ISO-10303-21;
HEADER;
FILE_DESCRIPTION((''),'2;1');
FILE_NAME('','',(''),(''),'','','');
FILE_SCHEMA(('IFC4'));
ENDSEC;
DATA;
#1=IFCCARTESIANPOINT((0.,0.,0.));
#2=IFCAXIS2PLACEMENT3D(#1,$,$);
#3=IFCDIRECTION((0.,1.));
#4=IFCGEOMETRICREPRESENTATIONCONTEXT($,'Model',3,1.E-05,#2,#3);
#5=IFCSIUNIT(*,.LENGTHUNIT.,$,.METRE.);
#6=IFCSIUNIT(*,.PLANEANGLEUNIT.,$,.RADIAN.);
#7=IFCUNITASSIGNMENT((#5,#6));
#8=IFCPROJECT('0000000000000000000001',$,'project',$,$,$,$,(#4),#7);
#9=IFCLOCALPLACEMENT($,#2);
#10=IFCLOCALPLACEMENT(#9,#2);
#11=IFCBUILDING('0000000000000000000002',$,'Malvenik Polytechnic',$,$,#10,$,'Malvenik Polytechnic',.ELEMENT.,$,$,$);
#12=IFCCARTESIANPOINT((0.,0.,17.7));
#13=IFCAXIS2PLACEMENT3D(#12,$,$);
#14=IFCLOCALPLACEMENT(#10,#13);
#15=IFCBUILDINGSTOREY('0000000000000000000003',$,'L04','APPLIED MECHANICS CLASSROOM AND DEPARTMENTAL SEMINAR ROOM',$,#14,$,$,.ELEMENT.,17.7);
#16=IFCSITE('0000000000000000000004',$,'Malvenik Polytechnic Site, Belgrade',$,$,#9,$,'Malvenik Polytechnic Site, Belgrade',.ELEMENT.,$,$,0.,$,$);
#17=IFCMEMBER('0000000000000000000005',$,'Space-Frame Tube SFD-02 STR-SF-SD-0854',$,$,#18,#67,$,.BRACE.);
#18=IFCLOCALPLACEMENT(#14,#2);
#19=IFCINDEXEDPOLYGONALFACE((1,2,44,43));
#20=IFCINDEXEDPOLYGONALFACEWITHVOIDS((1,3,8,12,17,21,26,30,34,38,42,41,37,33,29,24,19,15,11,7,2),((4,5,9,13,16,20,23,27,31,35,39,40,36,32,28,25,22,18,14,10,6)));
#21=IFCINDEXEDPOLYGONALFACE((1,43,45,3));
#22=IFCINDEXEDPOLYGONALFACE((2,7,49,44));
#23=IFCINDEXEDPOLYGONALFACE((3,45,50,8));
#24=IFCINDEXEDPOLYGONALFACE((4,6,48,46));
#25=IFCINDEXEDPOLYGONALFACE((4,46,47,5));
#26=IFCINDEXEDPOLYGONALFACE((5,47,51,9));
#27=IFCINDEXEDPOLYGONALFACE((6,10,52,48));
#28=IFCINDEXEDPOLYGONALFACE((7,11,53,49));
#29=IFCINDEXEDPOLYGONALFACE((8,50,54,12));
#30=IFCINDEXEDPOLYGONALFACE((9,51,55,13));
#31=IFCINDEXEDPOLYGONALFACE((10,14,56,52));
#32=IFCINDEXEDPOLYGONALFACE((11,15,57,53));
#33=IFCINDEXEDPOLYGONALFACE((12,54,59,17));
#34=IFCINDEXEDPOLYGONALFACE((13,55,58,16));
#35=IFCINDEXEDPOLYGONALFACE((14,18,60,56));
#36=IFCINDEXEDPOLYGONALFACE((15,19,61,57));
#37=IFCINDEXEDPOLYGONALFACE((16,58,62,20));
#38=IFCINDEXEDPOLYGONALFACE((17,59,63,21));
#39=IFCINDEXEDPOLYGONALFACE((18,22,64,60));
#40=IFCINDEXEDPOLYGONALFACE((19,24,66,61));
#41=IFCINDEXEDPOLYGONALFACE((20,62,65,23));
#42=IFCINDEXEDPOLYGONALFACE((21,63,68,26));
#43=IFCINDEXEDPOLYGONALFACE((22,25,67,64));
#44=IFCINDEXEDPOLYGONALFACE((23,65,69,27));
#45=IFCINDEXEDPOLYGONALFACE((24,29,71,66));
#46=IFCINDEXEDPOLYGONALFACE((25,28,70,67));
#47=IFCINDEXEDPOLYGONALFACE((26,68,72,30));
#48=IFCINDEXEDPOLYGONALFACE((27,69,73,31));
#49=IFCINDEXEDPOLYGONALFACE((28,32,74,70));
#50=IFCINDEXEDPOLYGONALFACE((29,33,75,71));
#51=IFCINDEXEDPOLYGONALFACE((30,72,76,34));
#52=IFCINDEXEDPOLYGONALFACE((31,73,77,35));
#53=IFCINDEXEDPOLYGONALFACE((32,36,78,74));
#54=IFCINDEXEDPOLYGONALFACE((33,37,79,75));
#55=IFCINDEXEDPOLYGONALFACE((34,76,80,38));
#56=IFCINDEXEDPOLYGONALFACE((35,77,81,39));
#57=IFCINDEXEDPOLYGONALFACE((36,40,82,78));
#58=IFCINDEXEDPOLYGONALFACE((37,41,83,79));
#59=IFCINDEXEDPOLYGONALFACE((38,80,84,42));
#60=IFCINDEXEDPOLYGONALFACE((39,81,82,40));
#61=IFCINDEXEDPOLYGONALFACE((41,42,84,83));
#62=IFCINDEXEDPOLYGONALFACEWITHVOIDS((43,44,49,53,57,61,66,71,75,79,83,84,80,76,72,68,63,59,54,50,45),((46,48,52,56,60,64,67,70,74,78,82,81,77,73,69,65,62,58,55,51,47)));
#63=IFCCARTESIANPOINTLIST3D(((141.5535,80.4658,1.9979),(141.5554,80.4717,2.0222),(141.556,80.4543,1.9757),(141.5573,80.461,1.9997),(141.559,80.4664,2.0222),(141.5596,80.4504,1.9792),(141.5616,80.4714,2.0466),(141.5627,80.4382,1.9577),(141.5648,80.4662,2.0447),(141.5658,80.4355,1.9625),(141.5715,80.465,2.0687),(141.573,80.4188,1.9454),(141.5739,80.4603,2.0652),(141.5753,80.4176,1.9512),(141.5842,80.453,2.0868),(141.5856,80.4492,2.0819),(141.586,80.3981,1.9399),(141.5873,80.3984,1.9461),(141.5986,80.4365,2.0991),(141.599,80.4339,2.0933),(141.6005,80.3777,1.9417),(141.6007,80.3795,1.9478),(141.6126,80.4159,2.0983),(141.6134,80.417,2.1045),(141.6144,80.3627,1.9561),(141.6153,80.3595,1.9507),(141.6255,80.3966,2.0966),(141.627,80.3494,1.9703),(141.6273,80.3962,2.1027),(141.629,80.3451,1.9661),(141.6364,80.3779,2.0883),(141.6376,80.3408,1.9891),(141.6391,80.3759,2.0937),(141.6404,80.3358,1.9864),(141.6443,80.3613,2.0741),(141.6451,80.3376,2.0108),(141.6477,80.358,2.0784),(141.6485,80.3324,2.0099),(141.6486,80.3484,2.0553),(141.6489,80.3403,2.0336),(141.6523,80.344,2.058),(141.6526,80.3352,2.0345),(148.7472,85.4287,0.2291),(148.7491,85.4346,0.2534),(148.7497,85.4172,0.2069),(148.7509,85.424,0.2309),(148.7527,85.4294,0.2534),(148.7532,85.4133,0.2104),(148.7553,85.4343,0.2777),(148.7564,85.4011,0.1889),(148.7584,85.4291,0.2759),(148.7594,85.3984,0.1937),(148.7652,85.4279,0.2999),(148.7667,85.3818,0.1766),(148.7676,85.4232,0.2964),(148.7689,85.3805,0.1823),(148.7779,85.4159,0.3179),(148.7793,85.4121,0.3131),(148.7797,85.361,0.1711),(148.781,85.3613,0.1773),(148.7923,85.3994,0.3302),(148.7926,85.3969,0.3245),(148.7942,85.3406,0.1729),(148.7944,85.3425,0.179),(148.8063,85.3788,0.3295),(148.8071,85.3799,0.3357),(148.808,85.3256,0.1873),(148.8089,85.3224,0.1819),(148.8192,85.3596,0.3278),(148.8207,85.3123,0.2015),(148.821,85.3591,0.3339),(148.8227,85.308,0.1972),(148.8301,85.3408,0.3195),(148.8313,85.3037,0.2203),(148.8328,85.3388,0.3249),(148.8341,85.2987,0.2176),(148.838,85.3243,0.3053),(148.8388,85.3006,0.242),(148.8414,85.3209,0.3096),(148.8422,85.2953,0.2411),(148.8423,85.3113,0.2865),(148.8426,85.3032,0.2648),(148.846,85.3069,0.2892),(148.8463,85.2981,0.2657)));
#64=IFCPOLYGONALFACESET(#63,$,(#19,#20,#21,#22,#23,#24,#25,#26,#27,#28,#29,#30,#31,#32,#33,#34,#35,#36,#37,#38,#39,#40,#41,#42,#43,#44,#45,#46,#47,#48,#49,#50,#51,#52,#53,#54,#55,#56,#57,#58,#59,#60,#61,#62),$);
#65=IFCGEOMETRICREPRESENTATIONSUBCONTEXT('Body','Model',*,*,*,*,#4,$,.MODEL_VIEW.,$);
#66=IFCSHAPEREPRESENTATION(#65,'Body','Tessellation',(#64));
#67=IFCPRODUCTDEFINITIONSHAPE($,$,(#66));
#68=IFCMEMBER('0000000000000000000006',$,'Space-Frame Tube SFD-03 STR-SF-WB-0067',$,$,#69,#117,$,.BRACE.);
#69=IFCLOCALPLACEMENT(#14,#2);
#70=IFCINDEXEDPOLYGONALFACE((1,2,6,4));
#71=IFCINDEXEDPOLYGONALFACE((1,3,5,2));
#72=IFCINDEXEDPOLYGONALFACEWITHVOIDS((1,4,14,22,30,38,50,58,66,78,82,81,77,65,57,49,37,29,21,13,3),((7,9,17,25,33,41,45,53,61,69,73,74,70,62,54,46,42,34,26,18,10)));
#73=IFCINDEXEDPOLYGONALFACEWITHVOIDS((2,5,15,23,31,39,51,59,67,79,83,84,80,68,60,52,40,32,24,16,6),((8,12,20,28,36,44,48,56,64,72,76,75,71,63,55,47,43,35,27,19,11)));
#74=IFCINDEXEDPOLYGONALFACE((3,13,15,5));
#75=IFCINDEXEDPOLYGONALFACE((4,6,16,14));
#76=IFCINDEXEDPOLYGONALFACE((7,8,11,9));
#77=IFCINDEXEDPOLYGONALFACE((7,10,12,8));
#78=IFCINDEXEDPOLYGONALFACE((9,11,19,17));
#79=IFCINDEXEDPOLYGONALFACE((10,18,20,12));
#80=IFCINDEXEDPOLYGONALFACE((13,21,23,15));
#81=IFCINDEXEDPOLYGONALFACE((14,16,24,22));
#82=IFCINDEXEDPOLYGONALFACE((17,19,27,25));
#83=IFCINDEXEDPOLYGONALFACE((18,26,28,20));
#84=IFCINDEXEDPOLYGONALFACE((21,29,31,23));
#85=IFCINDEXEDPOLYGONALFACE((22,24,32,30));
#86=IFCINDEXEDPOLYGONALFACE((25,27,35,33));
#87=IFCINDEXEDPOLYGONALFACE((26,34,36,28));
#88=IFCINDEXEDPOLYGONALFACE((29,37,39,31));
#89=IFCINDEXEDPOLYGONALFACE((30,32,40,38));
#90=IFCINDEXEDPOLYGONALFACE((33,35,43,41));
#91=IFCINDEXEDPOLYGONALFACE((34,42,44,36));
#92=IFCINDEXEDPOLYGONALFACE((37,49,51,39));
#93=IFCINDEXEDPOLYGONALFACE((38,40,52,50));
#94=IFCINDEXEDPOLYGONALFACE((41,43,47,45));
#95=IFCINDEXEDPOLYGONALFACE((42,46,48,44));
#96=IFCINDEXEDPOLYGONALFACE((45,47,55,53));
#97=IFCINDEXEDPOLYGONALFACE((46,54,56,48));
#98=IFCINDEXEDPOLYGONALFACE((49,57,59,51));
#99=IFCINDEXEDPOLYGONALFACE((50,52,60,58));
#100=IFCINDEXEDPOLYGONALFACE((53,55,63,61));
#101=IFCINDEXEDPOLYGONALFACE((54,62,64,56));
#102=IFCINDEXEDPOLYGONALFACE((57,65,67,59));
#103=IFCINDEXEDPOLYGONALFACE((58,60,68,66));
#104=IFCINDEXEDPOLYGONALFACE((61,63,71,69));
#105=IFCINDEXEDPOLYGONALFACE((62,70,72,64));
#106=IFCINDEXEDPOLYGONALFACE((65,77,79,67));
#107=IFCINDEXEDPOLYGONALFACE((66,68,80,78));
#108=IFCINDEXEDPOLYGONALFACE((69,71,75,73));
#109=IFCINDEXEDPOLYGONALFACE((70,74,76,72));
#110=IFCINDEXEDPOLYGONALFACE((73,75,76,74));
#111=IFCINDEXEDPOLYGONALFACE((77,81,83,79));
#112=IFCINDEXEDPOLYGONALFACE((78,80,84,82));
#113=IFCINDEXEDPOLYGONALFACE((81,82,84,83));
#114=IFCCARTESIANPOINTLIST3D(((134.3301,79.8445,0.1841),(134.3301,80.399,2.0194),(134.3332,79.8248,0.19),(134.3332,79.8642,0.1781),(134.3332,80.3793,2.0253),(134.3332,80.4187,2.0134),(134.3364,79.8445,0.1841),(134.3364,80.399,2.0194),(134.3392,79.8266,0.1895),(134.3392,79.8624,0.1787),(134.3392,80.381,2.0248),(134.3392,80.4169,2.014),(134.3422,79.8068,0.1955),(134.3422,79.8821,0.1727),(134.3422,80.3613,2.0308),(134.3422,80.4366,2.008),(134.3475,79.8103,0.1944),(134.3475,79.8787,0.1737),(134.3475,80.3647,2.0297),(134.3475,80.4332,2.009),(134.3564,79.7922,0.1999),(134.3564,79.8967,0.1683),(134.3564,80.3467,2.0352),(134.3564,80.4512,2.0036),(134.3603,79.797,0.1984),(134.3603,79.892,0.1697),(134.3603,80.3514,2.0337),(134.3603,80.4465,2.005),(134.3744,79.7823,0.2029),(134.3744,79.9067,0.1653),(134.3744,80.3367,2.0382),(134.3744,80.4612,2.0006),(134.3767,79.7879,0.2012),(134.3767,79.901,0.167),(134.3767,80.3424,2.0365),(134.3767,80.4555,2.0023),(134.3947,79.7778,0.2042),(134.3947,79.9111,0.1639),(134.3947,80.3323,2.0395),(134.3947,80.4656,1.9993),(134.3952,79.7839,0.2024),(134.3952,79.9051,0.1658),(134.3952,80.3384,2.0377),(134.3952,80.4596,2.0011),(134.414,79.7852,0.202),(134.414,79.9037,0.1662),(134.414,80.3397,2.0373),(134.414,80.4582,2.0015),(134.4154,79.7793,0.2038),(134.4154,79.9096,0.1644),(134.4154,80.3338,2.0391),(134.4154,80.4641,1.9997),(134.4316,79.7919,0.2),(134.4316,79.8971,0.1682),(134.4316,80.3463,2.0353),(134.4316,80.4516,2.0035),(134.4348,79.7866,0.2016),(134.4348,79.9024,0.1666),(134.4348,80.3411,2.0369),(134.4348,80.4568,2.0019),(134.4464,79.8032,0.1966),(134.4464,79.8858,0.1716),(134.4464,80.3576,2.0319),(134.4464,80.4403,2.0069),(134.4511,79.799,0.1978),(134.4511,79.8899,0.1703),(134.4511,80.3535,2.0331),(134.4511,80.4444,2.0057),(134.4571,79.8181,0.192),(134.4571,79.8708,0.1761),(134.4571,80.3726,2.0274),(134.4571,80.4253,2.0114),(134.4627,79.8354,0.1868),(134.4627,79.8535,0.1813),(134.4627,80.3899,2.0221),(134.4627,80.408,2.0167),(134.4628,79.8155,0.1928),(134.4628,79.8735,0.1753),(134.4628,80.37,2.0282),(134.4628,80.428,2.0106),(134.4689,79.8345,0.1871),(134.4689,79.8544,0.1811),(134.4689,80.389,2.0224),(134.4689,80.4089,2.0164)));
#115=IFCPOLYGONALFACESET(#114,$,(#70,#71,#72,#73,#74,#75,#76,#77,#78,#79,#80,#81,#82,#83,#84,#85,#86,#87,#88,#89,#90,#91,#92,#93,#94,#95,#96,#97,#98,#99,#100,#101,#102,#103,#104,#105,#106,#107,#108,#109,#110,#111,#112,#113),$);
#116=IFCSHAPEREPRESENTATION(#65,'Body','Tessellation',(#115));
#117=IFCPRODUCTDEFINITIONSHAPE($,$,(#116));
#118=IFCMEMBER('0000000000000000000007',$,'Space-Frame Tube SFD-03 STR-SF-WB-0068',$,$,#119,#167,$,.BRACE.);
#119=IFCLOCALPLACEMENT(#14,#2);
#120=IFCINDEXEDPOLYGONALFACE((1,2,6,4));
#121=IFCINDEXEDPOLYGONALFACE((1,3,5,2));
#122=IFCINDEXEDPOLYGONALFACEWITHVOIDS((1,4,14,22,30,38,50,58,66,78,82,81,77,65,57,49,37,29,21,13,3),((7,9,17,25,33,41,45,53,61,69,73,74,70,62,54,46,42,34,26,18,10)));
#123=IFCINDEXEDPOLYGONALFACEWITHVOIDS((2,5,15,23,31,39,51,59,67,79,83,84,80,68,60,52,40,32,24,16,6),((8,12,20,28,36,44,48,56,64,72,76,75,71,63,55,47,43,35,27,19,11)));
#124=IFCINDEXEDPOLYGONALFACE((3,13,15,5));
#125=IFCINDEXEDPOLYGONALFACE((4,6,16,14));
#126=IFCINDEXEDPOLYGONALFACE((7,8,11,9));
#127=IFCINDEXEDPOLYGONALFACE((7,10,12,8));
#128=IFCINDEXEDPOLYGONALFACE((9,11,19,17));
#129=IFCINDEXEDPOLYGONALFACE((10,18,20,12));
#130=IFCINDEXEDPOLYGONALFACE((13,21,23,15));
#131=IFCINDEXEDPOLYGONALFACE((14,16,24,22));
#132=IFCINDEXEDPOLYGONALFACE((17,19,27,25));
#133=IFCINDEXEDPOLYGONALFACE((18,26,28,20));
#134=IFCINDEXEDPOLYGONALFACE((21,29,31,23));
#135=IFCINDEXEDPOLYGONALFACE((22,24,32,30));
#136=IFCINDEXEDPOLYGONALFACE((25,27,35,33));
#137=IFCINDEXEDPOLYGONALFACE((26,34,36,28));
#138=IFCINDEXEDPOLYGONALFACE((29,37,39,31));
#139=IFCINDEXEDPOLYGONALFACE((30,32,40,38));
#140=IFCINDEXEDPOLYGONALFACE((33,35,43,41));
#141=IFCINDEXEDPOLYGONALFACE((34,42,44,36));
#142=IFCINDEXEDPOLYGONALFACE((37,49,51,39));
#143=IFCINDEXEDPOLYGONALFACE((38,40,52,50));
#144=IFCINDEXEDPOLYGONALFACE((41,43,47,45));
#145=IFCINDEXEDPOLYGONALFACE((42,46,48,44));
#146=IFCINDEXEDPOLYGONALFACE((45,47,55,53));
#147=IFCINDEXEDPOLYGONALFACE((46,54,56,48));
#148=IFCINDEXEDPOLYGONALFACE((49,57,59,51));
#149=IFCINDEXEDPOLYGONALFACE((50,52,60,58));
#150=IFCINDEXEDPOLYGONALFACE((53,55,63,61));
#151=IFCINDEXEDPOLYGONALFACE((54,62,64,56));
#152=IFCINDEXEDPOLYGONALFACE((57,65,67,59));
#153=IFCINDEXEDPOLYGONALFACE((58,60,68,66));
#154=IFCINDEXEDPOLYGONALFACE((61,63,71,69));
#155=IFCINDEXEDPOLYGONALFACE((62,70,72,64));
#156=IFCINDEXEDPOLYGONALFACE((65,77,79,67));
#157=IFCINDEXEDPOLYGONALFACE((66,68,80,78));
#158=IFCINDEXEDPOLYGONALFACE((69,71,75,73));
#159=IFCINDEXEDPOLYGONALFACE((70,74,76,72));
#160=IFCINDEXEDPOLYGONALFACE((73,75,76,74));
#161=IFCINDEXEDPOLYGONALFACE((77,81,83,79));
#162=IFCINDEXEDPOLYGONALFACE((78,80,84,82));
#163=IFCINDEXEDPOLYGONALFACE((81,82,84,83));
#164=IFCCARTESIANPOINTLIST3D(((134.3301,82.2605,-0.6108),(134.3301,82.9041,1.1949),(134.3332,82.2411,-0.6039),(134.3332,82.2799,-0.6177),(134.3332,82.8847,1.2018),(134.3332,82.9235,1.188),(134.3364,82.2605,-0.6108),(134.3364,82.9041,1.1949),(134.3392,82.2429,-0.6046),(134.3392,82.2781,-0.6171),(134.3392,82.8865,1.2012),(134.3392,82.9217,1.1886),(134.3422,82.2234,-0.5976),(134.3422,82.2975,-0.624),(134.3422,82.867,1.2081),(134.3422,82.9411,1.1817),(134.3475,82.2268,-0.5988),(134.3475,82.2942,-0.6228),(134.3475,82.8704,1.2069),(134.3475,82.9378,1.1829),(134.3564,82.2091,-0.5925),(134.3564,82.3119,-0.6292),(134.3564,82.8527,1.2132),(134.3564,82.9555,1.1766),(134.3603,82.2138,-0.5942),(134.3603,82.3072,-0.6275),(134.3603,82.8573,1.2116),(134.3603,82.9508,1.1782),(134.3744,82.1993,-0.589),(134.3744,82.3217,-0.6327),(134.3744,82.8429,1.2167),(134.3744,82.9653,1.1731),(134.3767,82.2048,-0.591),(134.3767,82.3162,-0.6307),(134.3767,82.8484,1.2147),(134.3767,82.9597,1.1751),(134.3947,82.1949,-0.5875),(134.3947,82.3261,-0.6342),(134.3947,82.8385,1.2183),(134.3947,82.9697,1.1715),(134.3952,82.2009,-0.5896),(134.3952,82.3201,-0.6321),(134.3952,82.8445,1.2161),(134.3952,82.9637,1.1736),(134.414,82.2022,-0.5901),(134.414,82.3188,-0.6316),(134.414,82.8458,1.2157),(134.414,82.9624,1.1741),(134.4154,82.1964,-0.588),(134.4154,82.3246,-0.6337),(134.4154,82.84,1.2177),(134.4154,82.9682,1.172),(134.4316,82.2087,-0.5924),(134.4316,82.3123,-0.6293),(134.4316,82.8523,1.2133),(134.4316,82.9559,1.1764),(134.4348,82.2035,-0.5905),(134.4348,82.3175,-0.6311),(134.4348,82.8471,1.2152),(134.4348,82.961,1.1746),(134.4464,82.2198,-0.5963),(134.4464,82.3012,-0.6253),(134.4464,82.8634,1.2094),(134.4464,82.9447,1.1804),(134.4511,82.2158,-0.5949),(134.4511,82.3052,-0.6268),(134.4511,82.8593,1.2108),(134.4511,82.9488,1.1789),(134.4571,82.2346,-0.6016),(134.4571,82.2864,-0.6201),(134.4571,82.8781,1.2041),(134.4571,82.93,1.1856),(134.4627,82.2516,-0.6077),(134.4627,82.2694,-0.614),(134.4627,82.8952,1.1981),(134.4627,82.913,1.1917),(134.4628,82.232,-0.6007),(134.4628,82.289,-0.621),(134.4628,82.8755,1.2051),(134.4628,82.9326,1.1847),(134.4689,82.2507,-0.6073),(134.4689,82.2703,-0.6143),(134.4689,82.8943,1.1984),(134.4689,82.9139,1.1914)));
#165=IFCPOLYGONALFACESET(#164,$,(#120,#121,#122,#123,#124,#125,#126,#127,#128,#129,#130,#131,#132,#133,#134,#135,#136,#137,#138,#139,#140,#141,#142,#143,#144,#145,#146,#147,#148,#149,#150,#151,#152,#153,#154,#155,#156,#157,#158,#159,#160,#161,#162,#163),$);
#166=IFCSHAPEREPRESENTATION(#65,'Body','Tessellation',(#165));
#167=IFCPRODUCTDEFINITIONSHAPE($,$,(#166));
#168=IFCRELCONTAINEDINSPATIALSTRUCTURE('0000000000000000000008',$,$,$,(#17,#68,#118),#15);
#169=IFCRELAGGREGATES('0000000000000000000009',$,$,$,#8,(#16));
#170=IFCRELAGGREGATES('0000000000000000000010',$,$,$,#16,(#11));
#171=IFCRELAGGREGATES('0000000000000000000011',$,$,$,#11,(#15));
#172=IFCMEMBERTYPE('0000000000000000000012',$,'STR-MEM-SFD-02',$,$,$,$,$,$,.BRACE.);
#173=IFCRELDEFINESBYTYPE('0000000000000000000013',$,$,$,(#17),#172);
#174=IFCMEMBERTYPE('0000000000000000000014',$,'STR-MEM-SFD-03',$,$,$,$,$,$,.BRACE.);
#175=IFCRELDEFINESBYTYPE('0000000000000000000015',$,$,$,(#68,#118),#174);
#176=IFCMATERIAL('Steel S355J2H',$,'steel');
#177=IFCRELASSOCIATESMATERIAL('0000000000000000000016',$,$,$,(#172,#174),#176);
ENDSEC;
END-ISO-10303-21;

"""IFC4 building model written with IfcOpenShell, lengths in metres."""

from ifc_helpers import new_model, si_unit, direction, frame, origin, origin_2d, place, context, subcontext, project, spatial, hollow_circle, extrude, material, material_profile, profile_set, type_object, element, save


model = new_model("IFC4")

# Units and contexts
model_context = context("Model", 3, precision=1e-05, world=origin(), true_north=direction((0.0, 1.0)))
body_context = subcontext(model_context, "Body", "Model", "MODEL_VIEW")
ifc_project = project(units=[si_unit("LENGTHUNIT", "METRE"), si_unit("PLANEANGLEUNIT", "RADIAN")], contexts=[model_context])

# Site, building, storey
site_placement = place(None, origin())
site = spatial("IfcSite", under=ifc_project, at=site_placement, Name="Malvenik Polytechnic Site, Belgrade", LongName="Malvenik Polytechnic Site, Belgrade", CompositionType="ELEMENT", RefElevation=0.0)
building_placement = place(site_placement, origin())
building = spatial("IfcBuilding", under=site, at=building_placement, Name="Malvenik Polytechnic", LongName="Malvenik Polytechnic", CompositionType="ELEMENT")
storey_placement = place(building_placement, frame((0.0, 0.0, 17.7)))
storey = spatial("IfcBuildingStorey", under=building, at=storey_placement, Name="L04", Description="APPLIED MECHANICS CLASSROOM AND DEPARTMENTAL SEMINAR ROOM", CompositionType="ELEMENT", Elevation=17.7)

# Members
ifc_material = material(Name="Steel S355J2H", Category="steel")
ifc_material_profile_1 = material_profile(ifc_material, hollow_circle(Radius=0.0842, WallThickness=0.0063, at=origin_2d()), Name="CHS 168.3x6.3")
ifc_profile_set_1 = profile_set([ifc_material_profile_1], Name="Steel S355J2H")
member_type_1 = type_object("IfcMemberType", Name="STR-MEM-SFD-02", PredefinedType="BRACE", material=ifc_profile_set_1)
member_1_placement = place(storey_placement, frame((141.6033, 80.4023, 2.0222), z_axis=(0.80676, 0.556586, -0.19837), x_axis=(-0.567871, 0.823117, 0.0)))
element("IfcMember", 1, at=member_1_placement, inside=storey, type_object=member_type_1, Name="Space-Frame Tube SFD-02 STR-SF-SD-0854", PredefinedType="BRACE", context=body_context, shape_type="SweptSolid", body=[
    extrude(hollow_circle(Radius=0.0842, WallThickness=0.0063, at=origin_2d()), origin(), (0.0, 0.0, 1.0), 8.9167),
])
ifc_material_profile_2 = material_profile(ifc_material, hollow_circle(Radius=0.0698, WallThickness=0.0063, at=origin_2d()), Name="CHS 139.7x6.3")
ifc_profile_set_2 = profile_set([ifc_material_profile_2], Name="Steel S355J2H")
member_type_2 = type_object("IfcMemberType", Name="STR-MEM-SFD-03", PredefinedType="BRACE", material=ifc_profile_set_2)
member_2_placement = place(storey_placement, frame((134.3999, 79.8445, 0.1841), z_axis=(0.0, 0.289205, 0.957267), x_axis=(-1.0, 0.0, 0.0)))
element("IfcMember", 2, at=member_2_placement, inside=storey, type_object=member_type_2, Name="Space-Frame Tube SFD-03 STR-SF-WB-0067", PredefinedType="BRACE", context=body_context, shape_type="SweptSolid", body=[
    extrude(hollow_circle(Radius=0.0698, WallThickness=0.0063, at=origin_2d()), origin(), (0.0, 0.0, 1.0), 1.9172),
])
member_3_placement = place(storey_placement, frame((134.3999, 82.2605, -0.6108), z_axis=(0.0, 0.335723, 0.941961), x_axis=(-1.0, 0.0, 0.0)))
element("IfcMember", 3, at=member_3_placement, inside=storey, type_object=member_type_2, Name="Space-Frame Tube SFD-03 STR-SF-WB-0068", PredefinedType="BRACE", context=body_context, shape_type="SweptSolid", body=[
    extrude(hollow_circle(Radius=0.0698, WallThickness=0.0063, at=origin_2d()), origin(), (0.0, 0.0, 1.0), 1.917),
])

save(model, "model.ifc")
